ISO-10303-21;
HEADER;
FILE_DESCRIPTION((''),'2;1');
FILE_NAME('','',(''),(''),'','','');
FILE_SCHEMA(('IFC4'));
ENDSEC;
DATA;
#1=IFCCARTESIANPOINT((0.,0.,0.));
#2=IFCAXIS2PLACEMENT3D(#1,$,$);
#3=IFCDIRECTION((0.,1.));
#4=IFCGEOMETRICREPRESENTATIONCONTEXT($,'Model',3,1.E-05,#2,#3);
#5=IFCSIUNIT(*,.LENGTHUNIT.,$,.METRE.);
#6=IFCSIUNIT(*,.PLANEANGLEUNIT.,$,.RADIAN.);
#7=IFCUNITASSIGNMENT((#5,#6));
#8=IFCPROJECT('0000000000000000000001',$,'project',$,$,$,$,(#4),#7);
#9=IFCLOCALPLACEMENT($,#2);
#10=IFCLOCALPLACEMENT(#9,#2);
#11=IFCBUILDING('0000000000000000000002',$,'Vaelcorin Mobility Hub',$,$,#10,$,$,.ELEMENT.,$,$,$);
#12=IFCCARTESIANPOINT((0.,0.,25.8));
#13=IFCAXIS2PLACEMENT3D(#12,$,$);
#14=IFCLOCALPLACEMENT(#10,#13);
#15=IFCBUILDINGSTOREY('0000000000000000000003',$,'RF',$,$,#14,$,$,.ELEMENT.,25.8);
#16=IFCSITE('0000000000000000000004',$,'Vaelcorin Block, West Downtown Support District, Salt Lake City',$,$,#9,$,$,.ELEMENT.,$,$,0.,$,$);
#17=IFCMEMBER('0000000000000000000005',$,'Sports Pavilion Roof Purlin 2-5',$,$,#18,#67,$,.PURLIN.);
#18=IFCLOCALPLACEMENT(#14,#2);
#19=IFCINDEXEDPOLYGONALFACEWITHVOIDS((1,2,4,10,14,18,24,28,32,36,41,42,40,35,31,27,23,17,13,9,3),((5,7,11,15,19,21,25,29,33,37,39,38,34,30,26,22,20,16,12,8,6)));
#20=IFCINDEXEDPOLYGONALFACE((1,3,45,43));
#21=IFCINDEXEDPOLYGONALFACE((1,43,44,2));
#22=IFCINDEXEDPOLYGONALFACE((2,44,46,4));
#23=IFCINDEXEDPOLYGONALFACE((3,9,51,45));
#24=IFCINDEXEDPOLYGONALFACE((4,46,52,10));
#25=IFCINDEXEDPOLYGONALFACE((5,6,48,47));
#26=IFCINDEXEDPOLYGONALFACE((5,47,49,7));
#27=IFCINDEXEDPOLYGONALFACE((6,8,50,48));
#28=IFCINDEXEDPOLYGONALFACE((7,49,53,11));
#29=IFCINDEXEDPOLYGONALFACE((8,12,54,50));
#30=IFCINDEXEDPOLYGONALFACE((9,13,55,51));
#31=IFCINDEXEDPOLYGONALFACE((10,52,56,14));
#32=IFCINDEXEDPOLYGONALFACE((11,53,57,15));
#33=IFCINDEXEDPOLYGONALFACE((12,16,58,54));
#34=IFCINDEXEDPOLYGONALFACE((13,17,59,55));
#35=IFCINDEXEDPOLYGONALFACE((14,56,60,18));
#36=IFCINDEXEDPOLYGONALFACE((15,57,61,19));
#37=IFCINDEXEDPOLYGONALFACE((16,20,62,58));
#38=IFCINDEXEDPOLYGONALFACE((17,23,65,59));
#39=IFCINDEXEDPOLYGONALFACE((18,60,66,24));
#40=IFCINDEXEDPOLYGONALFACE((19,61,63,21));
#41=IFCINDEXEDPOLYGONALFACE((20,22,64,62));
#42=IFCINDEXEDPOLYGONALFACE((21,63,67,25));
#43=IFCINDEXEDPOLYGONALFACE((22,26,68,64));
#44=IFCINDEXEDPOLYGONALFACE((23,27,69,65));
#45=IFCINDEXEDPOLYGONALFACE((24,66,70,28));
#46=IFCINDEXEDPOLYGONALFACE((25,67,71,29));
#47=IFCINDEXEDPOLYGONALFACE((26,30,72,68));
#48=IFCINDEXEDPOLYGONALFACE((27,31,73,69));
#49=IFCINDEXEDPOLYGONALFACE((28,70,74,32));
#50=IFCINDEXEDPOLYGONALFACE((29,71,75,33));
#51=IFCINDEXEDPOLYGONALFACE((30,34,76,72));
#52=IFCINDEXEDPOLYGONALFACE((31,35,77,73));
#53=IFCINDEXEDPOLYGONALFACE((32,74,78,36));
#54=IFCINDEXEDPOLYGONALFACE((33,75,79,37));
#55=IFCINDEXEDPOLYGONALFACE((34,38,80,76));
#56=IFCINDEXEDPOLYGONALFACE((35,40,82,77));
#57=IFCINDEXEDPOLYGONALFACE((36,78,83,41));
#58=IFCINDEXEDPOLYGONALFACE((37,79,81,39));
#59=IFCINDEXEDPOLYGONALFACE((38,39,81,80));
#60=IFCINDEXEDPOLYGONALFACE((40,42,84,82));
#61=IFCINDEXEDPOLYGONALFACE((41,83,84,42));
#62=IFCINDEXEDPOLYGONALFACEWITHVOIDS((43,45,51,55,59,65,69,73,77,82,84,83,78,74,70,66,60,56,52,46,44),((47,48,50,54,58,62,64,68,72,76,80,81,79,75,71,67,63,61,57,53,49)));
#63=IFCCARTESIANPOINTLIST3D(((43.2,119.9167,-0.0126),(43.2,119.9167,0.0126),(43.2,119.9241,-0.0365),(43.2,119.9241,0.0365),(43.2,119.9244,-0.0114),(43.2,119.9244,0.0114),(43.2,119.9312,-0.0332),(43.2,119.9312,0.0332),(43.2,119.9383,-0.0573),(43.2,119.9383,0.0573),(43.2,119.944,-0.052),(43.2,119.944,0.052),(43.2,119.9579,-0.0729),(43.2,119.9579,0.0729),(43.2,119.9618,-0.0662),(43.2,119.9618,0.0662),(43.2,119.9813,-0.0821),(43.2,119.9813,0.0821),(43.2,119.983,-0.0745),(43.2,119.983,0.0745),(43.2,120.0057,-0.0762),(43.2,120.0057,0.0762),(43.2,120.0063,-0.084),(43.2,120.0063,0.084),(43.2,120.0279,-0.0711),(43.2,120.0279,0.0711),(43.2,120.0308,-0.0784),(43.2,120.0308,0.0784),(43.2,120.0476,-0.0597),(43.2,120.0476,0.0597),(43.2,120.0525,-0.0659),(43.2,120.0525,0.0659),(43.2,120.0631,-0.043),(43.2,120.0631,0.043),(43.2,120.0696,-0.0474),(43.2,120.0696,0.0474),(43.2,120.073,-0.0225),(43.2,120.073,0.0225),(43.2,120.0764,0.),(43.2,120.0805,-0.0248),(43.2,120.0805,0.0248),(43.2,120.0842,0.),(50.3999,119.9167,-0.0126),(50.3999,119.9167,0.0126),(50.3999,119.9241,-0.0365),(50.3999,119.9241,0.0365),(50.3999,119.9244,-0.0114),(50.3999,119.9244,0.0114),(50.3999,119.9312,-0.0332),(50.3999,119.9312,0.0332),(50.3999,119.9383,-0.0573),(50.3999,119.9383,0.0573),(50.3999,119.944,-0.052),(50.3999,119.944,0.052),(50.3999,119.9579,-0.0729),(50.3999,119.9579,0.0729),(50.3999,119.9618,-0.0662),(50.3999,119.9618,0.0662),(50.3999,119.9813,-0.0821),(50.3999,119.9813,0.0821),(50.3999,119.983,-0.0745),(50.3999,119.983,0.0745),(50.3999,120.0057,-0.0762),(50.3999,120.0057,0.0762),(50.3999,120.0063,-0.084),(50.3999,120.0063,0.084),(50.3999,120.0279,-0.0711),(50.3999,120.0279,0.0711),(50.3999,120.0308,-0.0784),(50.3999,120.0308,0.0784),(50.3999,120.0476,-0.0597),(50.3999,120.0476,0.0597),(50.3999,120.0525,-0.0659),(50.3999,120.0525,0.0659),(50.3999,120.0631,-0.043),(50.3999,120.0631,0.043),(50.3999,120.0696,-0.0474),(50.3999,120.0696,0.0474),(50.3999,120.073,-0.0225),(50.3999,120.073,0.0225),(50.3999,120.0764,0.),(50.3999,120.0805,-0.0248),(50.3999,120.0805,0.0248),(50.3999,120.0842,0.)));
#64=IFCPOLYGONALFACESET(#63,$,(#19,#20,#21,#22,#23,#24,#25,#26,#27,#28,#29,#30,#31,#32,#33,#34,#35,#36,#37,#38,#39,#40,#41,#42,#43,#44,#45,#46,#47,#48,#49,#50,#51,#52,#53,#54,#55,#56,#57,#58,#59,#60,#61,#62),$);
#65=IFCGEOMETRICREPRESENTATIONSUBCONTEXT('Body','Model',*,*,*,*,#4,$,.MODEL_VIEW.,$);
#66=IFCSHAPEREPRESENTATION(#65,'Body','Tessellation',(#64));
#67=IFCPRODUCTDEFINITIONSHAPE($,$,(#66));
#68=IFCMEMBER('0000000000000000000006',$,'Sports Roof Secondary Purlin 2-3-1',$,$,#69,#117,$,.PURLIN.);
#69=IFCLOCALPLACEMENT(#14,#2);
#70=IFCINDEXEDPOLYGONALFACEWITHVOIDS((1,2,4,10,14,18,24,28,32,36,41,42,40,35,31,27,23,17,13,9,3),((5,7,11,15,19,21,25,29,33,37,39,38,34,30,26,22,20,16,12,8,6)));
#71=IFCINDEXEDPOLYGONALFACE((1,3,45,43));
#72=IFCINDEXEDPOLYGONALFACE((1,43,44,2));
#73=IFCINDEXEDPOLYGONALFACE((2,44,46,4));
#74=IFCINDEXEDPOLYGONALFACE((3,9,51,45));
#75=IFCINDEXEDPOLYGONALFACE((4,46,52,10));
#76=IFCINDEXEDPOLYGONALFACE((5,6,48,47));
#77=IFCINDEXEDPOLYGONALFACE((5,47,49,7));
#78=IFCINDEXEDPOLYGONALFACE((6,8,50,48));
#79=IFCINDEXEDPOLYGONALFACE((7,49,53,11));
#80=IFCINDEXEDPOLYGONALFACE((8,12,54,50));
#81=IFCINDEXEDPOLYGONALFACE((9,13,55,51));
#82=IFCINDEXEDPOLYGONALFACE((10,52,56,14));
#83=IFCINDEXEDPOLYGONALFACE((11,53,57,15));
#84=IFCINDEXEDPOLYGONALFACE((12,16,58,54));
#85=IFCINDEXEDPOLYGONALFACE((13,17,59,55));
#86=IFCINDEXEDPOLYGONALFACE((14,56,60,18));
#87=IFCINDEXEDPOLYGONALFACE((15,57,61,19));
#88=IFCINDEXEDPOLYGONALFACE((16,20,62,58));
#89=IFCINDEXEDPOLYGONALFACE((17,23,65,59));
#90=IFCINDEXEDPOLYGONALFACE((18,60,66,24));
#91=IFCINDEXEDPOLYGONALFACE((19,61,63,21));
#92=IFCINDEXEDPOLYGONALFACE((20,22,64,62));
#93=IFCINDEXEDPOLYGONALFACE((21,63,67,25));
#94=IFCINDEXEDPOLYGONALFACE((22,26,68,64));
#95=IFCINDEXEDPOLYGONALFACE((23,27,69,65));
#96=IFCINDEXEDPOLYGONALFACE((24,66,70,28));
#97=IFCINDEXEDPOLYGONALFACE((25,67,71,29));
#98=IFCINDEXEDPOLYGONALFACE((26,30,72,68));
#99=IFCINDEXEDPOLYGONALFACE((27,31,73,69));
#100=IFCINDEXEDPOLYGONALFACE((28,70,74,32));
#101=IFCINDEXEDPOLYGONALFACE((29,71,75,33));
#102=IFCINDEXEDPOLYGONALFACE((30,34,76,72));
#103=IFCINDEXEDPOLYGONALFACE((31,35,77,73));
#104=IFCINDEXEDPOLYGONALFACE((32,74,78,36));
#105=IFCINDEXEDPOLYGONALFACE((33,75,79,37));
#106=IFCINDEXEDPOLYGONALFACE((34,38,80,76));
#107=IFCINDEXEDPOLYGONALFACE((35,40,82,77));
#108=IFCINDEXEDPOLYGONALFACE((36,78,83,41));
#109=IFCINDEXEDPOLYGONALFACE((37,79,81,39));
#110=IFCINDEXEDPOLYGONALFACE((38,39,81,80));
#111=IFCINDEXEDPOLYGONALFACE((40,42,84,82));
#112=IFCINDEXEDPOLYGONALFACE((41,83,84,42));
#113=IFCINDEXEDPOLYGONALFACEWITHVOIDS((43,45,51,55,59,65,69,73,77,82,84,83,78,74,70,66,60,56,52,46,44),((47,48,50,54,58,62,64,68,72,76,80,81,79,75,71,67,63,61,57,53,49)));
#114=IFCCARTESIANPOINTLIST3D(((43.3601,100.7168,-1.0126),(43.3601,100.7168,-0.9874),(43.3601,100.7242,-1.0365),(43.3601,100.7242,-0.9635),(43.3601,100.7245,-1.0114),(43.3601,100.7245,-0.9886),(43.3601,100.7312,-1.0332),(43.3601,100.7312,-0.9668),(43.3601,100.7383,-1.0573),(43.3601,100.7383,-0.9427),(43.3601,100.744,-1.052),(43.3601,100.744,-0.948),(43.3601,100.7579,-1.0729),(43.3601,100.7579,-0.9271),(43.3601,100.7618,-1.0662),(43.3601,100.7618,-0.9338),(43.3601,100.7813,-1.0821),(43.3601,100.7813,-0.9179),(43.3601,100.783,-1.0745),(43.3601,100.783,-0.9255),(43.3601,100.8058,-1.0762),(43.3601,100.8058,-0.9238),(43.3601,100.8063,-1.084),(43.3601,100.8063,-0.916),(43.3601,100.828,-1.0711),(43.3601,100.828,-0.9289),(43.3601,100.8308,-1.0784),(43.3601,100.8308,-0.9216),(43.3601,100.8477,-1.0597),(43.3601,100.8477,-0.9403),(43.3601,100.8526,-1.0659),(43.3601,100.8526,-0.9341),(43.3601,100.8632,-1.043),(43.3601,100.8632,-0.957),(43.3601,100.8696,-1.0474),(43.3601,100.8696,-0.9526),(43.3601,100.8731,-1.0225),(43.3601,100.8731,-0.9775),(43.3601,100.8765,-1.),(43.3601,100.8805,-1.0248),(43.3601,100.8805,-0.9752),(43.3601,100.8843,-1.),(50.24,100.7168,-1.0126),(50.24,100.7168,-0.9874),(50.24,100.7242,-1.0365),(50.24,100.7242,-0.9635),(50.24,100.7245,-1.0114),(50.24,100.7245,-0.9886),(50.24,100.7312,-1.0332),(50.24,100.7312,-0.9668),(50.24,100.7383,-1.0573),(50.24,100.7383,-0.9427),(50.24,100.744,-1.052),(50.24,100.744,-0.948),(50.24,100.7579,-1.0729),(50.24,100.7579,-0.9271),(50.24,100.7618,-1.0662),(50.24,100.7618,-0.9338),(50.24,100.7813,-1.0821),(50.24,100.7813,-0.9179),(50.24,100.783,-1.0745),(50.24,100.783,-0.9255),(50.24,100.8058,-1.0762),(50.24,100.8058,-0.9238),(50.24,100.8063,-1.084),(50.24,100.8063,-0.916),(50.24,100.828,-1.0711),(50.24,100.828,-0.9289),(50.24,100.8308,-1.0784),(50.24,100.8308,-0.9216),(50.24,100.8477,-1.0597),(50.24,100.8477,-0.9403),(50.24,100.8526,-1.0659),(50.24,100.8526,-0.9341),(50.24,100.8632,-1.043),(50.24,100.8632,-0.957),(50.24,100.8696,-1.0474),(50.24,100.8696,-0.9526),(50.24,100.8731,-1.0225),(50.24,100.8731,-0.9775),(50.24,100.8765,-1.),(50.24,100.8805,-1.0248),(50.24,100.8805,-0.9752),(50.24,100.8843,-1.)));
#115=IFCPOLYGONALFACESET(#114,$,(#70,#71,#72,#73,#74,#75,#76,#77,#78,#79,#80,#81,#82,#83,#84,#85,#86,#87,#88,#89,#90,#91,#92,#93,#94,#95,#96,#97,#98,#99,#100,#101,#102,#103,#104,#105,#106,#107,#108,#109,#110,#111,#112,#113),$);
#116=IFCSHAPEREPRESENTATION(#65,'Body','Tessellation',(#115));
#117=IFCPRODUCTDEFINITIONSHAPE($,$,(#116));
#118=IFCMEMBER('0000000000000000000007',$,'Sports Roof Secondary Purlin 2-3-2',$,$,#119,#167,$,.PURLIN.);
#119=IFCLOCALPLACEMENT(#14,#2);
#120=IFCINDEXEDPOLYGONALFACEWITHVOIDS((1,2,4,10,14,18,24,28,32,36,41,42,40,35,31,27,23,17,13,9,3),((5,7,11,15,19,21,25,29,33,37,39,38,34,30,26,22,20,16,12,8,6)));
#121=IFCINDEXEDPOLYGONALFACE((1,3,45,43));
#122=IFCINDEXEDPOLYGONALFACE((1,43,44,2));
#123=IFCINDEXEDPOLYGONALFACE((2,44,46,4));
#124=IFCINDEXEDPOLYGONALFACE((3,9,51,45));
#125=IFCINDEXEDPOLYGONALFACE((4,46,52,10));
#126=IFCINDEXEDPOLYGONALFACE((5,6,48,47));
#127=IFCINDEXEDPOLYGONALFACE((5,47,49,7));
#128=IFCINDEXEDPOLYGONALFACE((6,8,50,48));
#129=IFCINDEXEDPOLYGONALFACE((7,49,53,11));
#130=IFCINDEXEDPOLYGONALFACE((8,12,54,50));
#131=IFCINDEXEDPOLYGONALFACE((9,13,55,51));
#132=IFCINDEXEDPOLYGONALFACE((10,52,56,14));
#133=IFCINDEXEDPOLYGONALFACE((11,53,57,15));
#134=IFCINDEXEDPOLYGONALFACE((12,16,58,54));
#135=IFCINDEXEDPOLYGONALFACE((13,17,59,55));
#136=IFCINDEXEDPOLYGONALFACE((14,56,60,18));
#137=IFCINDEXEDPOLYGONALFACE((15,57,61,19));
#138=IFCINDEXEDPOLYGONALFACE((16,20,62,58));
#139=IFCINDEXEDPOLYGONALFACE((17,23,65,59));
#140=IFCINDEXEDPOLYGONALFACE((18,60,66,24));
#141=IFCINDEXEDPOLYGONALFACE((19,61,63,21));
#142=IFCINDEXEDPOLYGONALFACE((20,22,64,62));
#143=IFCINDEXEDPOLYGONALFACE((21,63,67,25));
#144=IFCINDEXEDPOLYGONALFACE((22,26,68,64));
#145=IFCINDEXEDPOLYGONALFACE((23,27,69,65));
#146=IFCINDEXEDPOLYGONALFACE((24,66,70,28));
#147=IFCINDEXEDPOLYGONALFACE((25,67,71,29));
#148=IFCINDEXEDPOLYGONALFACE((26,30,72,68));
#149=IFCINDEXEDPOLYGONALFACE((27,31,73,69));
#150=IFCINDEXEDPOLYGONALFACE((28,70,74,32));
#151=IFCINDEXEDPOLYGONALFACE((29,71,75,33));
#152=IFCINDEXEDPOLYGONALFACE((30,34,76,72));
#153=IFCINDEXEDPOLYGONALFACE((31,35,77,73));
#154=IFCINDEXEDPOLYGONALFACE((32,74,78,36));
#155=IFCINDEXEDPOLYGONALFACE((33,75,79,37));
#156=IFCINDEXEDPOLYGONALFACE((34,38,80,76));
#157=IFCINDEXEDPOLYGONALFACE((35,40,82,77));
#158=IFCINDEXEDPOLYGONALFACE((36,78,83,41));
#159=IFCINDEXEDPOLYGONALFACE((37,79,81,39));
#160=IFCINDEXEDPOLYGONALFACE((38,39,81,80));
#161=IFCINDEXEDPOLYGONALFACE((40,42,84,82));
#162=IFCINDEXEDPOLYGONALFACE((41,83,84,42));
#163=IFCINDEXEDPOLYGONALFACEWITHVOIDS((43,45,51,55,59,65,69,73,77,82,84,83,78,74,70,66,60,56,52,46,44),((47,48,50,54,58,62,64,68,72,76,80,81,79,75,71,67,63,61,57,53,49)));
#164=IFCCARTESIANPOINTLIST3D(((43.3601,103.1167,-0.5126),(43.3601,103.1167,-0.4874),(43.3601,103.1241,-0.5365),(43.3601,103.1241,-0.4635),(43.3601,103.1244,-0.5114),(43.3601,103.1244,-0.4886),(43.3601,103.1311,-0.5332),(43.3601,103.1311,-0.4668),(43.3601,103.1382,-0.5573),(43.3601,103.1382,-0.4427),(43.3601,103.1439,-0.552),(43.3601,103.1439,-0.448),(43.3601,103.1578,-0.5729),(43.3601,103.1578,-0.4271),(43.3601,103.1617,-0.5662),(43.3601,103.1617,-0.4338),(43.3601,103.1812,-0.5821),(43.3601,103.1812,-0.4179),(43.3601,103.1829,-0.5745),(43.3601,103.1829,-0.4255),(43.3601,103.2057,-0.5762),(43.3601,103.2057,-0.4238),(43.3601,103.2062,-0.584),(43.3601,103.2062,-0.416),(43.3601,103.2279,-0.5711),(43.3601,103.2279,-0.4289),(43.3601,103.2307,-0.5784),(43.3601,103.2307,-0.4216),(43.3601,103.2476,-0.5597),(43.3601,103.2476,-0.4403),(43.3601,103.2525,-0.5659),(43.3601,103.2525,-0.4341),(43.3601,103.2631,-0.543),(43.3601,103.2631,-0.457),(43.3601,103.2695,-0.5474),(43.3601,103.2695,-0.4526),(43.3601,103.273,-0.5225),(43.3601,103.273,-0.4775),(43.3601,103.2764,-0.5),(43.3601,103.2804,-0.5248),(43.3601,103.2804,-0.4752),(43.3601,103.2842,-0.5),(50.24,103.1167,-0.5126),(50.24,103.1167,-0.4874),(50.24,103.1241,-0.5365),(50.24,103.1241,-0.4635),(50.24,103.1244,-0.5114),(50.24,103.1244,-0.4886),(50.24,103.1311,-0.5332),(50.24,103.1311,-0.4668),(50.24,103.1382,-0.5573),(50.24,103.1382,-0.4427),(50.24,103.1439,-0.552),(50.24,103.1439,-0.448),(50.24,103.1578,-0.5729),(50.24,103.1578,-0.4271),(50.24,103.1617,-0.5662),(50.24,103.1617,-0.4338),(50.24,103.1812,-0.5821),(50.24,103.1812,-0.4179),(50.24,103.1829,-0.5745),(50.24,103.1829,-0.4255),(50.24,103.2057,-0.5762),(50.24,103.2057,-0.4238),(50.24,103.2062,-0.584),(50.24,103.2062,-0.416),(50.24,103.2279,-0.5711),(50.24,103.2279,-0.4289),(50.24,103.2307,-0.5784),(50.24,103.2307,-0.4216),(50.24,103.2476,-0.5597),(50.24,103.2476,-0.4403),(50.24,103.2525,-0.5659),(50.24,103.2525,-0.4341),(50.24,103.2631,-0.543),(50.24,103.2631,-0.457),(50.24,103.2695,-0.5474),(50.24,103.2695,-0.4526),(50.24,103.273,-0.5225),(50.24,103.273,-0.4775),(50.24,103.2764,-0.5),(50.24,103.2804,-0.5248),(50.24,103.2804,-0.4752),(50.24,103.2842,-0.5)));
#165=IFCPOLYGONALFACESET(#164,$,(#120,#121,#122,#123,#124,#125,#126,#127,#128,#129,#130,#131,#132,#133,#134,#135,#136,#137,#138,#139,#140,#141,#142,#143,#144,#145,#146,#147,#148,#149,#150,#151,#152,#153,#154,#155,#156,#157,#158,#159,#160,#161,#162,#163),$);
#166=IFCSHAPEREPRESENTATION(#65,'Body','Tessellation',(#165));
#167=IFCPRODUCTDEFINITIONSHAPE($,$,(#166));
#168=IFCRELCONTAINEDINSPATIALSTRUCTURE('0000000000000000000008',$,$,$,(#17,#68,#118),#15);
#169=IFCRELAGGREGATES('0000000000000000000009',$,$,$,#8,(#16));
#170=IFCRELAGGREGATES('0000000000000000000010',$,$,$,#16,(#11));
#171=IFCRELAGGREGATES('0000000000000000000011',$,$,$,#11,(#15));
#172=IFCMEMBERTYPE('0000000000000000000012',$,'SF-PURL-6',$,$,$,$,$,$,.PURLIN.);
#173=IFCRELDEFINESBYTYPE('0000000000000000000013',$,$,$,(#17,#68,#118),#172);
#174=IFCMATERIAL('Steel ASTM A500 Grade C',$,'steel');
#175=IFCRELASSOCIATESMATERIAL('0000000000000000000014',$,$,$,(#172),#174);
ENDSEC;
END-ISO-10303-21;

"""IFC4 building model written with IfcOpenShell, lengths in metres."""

from ifc_helpers import new_model, si_unit, direction, frame, origin, origin_2d, place, context, subcontext, project, spatial, hollow_circle, extrude, material, material_profile, profile_set, type_object, element, save


model = new_model("IFC4")

# Units and contexts
model_context = context("Model", 3, precision=1e-05, world=origin(), true_north=direction((0.0, 1.0)))
body_context = subcontext(model_context, "Body", "Model", "MODEL_VIEW")
ifc_project = project(units=[si_unit("LENGTHUNIT", "METRE"), si_unit("PLANEANGLEUNIT", "RADIAN")], contexts=[model_context])

# Site, building, storey
site_placement = place(None, origin())
site = spatial("IfcSite", under=ifc_project, at=site_placement, Name="Vaelcorin Block, West Downtown Support District, Salt Lake City", CompositionType="ELEMENT", RefElevation=0.0)
building_placement = place(site_placement, origin())
building = spatial("IfcBuilding", under=site, at=building_placement, Name="Vaelcorin Mobility Hub", CompositionType="ELEMENT")
storey_placement = place(building_placement, frame((0.0, 0.0, 25.8)))
storey = spatial("IfcBuildingStorey", under=building, at=storey_placement, Name="RF", CompositionType="ELEMENT", Elevation=25.8)

# Members
ifc_material_1 = material(Name="Steel ASTM A500 Grade C", Category="steel")
ifc_material_profile_1 = material_profile(ifc_material_1, hollow_circle(Radius=0.0842, WallThickness=0.0078, at=origin_2d()), Name="HSS6.625X0.312")
ifc_profile_set_1 = profile_set([ifc_material_profile_1], Name="Steel ASTM A500 Grade C")
member_type_1 = type_object("IfcMemberType", Name="SF-PURL-6", PredefinedType="PURLIN", material=ifc_profile_set_1)
for number, where, z_axis, x_axis, name in (
    (1, (43.2, 120.0, 0.0), (1.0, 0.0, 0.0), (0.0, 1.0, 0.0), "Sports Pavilion Roof Purlin 2-5"),
):
    element("IfcMember", number, at=place(storey_placement, frame(where, z_axis=z_axis, x_axis=x_axis)), inside=storey, type_object=member_type_1, Name=name, PredefinedType="PURLIN", context=body_context, shape_type="SweptSolid", body=[
        extrude(hollow_circle(Radius=0.0842, WallThickness=0.0078, at=origin_2d()), origin(), (0.0, 0.0, 1.0), 7.2),
    ])
for number, where, z_axis, x_axis, name in (
    (2, (43.3601, 100.8, -1.0), (1.0, 0.0, 0.0), (0.0, 1.0, 0.0), "Sports Roof Secondary Purlin 2-3-1"),
    (3, (43.3601, 103.2, -0.5), (1.0, 0.0, 0.0), (0.0, 1.0, 0.0), "Sports Roof Secondary Purlin 2-3-2"),
):
    element("IfcMember", number, at=place(storey_placement, frame(where, z_axis=z_axis, x_axis=x_axis)), inside=storey, type_object=member_type_1, Name=name, PredefinedType="PURLIN", context=body_context, shape_type="SweptSolid", body=[
        extrude(hollow_circle(Radius=0.0842, WallThickness=0.0078, at=origin_2d()), origin(), (0.0, 0.0, 1.0), 6.8799),
    ])

save(model, "model.ifc")
